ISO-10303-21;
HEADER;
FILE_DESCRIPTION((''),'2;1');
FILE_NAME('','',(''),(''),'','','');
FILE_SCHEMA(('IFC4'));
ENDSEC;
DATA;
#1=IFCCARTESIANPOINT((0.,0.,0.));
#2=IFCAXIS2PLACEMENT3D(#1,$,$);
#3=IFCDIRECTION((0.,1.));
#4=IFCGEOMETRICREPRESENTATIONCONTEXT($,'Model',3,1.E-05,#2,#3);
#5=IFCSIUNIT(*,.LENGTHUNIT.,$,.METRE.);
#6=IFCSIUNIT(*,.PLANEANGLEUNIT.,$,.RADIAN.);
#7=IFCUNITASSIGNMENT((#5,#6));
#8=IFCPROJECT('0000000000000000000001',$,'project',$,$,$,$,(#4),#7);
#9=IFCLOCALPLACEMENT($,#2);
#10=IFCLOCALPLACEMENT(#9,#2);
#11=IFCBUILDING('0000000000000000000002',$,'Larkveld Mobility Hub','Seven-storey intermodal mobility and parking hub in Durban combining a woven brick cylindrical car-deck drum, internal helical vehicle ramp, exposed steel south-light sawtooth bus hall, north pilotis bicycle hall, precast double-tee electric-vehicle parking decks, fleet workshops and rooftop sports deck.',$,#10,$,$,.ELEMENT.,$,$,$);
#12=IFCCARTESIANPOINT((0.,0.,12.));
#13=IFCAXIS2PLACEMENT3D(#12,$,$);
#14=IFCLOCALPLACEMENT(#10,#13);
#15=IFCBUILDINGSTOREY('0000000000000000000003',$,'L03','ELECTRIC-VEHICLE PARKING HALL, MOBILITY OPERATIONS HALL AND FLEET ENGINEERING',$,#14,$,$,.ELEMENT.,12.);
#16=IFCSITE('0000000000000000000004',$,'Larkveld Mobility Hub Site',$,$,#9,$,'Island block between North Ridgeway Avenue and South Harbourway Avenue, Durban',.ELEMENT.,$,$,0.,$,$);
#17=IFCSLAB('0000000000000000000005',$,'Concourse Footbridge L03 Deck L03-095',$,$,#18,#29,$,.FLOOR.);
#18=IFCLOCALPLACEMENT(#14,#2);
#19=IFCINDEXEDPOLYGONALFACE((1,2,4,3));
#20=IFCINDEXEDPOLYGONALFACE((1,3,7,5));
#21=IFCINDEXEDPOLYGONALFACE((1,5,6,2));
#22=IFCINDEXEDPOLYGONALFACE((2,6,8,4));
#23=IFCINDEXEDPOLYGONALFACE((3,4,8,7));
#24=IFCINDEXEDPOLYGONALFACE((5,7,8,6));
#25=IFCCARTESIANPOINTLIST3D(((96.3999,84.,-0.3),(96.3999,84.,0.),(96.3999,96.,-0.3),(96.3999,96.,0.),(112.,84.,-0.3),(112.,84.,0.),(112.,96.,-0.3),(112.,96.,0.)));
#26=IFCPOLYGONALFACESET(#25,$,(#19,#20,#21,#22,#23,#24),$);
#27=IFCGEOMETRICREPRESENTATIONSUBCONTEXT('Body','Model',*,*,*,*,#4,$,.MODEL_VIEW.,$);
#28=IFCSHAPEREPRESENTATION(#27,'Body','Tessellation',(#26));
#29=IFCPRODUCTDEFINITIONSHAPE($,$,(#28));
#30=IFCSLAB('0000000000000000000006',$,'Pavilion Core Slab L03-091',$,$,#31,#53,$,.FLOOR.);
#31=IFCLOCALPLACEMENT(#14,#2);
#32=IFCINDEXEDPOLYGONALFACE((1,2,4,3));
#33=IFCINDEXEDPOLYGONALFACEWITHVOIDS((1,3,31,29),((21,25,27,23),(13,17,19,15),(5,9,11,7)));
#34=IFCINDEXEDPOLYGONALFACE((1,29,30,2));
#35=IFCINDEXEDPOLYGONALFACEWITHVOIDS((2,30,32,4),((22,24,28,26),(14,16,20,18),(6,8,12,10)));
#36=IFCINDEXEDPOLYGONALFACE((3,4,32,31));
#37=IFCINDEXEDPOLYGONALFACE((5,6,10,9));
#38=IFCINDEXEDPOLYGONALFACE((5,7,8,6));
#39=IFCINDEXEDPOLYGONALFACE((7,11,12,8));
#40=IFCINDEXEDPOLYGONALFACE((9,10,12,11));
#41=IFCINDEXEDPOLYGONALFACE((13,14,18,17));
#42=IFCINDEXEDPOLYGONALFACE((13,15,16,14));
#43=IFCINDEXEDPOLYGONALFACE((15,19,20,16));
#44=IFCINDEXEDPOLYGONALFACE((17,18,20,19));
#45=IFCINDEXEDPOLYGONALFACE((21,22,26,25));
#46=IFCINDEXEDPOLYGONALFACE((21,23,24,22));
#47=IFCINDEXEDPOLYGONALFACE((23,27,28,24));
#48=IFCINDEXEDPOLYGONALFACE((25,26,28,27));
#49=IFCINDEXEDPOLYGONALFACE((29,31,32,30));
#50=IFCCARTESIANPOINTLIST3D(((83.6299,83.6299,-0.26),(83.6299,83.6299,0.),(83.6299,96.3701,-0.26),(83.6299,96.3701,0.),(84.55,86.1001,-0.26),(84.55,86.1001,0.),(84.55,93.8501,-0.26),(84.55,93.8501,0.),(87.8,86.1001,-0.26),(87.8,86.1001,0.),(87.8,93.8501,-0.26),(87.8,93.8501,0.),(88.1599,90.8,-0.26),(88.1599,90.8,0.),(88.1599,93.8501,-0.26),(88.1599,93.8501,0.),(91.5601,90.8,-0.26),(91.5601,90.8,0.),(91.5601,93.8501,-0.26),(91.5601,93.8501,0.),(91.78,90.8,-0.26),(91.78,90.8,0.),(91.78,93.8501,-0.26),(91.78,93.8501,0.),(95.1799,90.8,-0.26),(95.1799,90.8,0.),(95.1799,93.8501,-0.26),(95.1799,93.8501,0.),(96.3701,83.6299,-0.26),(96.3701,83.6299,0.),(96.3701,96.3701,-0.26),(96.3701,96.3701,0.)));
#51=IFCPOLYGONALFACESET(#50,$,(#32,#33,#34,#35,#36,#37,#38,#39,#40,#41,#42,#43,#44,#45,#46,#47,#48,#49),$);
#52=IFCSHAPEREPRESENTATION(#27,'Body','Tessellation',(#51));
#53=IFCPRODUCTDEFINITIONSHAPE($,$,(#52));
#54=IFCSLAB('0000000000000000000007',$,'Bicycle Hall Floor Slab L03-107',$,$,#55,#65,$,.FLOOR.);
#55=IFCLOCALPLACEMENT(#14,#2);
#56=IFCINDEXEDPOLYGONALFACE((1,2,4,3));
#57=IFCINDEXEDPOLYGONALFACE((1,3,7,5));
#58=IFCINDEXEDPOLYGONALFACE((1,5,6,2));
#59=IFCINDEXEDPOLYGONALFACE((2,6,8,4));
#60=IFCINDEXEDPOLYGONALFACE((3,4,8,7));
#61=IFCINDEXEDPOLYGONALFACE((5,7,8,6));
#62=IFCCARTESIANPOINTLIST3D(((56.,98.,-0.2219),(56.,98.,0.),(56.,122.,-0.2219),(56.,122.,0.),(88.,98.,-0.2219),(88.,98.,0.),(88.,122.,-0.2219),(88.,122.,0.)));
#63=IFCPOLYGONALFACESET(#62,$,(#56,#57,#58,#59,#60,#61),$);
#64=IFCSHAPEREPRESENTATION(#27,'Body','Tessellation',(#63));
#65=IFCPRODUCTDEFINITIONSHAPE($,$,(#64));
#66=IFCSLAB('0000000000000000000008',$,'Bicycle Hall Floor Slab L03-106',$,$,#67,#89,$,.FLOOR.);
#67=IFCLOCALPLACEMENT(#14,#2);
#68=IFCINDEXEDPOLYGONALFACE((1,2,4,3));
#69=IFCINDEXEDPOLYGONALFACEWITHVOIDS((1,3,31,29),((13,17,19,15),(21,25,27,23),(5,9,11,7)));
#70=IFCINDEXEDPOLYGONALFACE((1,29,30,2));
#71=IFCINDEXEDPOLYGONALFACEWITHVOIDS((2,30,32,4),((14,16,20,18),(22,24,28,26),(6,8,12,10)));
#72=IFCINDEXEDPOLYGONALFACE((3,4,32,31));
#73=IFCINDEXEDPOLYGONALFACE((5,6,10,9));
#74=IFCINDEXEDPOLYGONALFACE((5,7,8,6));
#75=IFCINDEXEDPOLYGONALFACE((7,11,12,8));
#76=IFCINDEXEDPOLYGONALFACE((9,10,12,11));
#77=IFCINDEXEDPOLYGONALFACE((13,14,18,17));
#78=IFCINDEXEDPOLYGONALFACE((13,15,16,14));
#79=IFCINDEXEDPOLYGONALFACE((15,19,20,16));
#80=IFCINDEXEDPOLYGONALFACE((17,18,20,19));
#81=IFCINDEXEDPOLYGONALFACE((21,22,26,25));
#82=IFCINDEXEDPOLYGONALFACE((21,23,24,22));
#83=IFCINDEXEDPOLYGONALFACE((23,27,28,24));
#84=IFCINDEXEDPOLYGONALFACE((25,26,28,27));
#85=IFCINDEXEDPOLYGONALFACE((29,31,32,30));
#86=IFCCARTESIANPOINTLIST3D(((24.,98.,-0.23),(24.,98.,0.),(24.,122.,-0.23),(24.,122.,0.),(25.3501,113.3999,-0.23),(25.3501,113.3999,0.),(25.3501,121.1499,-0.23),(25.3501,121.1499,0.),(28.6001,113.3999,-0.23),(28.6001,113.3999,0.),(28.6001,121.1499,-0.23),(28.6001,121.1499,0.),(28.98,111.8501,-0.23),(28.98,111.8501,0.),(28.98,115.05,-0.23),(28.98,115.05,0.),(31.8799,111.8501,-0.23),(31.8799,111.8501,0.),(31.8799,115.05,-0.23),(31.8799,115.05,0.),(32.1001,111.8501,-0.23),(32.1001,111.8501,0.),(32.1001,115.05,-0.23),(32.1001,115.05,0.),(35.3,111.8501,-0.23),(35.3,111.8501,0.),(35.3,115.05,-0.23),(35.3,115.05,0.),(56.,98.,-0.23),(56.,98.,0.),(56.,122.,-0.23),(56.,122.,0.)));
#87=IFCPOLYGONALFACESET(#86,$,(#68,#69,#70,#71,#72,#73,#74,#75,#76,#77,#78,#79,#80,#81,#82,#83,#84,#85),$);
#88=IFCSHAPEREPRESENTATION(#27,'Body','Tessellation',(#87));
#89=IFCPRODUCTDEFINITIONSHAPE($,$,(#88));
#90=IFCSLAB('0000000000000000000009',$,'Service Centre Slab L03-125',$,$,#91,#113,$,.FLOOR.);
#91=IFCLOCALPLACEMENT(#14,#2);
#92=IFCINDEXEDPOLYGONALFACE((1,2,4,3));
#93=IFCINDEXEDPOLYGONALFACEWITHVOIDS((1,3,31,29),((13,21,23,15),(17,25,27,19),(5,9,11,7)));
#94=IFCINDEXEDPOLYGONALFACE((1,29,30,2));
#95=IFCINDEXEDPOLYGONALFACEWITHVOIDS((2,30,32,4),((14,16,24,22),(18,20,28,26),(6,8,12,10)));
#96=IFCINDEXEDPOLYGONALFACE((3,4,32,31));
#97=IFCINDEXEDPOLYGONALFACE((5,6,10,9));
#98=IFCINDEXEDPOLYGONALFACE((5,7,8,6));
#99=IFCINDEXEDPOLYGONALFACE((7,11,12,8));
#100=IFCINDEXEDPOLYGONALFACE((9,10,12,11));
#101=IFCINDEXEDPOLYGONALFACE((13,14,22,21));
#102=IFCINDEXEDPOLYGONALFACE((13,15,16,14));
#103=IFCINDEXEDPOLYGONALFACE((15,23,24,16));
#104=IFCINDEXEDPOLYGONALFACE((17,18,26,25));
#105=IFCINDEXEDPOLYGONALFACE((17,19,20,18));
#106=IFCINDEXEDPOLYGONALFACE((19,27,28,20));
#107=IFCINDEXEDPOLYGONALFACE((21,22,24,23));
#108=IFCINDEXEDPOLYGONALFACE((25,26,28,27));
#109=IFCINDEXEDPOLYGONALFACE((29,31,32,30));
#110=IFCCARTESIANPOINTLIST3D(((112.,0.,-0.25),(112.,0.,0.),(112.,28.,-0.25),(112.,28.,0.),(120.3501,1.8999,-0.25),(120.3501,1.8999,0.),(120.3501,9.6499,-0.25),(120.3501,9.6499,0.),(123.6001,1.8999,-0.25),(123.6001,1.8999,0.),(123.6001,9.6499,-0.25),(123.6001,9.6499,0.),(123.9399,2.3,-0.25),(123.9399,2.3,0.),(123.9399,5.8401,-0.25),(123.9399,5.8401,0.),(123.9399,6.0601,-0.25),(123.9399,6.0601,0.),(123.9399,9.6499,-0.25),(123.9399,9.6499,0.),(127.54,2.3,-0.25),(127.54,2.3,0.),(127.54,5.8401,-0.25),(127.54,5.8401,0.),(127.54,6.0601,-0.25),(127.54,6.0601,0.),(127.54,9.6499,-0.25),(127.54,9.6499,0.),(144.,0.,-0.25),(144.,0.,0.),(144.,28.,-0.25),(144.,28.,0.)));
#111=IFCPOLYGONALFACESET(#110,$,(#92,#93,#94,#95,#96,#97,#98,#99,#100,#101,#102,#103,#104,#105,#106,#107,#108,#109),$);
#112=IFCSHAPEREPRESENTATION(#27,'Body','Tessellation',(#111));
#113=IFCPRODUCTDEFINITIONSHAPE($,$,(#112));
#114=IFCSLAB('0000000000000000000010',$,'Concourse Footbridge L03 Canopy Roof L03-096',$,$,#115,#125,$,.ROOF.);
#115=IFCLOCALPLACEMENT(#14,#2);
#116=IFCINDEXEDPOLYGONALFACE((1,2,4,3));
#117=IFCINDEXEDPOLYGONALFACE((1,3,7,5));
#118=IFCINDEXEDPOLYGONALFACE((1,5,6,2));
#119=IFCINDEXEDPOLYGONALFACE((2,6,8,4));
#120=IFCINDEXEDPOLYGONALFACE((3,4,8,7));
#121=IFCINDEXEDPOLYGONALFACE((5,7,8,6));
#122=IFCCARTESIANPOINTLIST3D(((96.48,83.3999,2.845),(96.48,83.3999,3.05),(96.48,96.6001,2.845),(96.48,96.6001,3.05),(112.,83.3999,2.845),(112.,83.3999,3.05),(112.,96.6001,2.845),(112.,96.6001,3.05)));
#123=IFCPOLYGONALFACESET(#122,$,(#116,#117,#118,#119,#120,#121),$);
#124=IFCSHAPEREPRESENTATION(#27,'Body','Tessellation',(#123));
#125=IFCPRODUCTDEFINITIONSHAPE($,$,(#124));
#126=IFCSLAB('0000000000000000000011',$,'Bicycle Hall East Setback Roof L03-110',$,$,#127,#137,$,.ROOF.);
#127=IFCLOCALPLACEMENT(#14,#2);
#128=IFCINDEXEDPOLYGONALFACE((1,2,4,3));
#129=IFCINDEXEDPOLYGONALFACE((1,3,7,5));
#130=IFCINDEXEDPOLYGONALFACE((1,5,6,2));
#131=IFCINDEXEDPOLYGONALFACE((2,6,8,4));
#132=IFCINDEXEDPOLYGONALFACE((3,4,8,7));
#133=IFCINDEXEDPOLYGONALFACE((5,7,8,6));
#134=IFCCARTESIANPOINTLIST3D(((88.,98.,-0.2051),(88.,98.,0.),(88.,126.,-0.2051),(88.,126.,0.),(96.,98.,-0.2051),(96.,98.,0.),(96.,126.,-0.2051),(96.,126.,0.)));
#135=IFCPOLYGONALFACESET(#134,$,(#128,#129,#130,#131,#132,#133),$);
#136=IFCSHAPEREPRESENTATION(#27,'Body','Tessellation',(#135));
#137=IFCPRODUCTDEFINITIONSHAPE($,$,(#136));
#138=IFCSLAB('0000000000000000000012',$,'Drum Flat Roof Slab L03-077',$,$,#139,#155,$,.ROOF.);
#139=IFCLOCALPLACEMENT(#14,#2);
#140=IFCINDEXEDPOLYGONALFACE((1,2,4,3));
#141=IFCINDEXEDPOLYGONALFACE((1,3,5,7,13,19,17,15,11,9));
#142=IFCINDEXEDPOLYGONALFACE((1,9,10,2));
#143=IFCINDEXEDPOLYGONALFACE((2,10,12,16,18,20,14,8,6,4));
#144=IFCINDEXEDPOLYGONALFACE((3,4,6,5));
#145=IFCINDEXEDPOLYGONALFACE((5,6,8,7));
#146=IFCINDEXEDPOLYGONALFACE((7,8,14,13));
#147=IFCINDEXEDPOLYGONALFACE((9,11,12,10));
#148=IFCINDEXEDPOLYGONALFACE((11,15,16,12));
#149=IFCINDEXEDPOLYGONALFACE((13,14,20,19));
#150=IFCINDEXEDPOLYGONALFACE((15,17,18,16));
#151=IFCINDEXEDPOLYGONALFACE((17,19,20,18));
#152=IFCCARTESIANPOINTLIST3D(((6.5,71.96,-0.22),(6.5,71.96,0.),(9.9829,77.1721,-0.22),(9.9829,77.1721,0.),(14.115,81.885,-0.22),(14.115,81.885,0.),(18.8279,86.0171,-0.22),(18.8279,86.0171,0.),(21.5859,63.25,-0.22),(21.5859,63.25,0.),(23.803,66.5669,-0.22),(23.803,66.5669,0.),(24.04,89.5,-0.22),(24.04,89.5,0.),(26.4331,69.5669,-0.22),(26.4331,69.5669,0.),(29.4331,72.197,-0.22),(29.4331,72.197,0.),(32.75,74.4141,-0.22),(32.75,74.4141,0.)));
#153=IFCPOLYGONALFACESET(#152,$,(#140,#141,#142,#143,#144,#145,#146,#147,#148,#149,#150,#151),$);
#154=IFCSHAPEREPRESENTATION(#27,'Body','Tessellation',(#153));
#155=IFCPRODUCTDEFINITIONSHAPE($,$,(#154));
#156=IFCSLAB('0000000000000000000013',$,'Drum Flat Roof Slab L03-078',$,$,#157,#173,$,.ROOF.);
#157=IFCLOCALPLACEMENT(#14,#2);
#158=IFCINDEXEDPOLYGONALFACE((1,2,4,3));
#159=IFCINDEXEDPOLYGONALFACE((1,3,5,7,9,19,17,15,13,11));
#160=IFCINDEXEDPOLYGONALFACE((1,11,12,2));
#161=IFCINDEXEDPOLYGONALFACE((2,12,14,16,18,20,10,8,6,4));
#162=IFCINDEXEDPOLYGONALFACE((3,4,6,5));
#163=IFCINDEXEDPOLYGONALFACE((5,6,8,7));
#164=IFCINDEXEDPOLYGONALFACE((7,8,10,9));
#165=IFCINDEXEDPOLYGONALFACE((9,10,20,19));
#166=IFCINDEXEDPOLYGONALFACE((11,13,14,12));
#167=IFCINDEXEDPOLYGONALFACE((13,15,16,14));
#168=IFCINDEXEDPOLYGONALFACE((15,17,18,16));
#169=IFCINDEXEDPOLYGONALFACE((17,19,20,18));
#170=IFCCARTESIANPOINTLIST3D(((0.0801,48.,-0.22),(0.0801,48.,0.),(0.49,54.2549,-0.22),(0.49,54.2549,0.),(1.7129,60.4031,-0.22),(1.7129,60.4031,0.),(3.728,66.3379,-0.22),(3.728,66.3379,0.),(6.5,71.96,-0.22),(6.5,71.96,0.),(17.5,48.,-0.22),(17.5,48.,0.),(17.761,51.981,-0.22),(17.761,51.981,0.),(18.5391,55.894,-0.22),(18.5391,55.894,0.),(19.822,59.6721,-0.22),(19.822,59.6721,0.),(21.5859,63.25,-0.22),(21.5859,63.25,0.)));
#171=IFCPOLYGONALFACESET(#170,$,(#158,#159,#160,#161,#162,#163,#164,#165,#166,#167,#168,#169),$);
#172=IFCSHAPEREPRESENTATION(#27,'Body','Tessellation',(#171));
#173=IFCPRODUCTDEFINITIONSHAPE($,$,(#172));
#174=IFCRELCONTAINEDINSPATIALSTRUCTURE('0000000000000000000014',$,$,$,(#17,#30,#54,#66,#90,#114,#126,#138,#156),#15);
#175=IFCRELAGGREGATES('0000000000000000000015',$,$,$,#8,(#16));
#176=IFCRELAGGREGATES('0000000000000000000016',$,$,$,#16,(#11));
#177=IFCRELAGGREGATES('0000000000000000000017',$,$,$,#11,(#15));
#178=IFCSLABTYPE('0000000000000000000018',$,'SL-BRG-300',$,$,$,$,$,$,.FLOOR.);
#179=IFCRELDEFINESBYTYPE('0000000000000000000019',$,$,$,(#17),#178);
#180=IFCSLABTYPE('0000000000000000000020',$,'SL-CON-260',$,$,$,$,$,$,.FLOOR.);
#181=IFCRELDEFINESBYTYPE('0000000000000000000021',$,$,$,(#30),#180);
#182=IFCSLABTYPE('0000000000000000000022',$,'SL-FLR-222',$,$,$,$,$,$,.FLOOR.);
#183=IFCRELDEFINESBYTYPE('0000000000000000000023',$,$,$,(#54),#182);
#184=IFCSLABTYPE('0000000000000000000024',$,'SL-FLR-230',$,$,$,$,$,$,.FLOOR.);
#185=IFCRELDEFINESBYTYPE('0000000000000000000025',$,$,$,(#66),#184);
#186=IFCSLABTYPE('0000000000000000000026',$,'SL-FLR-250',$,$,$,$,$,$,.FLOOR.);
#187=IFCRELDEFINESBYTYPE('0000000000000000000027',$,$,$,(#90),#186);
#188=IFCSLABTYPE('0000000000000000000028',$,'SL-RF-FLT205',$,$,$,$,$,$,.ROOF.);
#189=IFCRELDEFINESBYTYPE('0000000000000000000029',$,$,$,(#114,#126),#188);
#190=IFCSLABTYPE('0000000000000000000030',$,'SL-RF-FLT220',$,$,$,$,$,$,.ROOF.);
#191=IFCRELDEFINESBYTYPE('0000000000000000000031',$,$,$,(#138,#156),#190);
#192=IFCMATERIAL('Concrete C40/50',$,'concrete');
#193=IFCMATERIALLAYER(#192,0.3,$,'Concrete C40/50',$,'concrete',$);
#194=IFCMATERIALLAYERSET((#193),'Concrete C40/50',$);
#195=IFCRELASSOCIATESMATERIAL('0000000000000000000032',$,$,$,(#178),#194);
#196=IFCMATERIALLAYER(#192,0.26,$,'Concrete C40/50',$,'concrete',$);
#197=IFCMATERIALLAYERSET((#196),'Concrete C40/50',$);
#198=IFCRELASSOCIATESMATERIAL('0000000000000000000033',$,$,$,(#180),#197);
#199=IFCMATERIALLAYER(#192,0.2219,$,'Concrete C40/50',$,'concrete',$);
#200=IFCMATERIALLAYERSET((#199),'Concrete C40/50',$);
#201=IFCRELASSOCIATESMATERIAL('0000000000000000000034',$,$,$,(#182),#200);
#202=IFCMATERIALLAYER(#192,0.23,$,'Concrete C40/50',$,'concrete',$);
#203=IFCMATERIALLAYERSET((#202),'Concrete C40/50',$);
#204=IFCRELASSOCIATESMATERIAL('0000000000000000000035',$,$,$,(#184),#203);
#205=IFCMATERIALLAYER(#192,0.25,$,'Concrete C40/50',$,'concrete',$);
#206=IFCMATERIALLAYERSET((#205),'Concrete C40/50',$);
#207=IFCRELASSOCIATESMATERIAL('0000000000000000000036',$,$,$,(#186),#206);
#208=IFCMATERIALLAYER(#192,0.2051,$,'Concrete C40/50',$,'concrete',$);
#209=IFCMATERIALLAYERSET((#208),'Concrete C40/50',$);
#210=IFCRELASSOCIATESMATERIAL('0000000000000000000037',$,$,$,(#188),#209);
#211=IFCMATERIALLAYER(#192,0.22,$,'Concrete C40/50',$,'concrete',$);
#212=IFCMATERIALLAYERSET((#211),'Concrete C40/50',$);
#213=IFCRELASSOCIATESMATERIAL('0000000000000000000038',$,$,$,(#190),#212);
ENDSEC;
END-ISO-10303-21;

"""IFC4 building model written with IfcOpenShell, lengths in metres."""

from ifc_helpers import new_model, si_unit, direction, frame, origin, place, context, subcontext, project, spatial, polyline, outline, extrude, material, layer, layer_set, type_object, element, save


model = new_model("IFC4")

# Units and contexts
model_context = context("Model", 3, precision=1e-05, world=origin(), true_north=direction((0.0, 1.0)))
body_context = subcontext(model_context, "Body", "Model", "MODEL_VIEW")
ifc_project = project(units=[si_unit("LENGTHUNIT", "METRE"), si_unit("PLANEANGLEUNIT", "RADIAN")], contexts=[model_context])

# Site, building, storey
site_placement = place(None, origin())
site = spatial("IfcSite", under=ifc_project, at=site_placement, Name="Larkveld Mobility Hub Site", LongName="Island block between North Ridgeway Avenue and South Harbourway Avenue, Durban", CompositionType="ELEMENT", RefElevation=0.0)
building_placement = place(site_placement, origin())
building = spatial("IfcBuilding", under=site, at=building_placement, Name="Larkveld Mobility Hub", Description="Seven-storey intermodal mobility and parking hub in Durban combining a woven brick cylindrical car-deck drum, internal helical vehicle ramp, exposed steel south-light sawtooth bus hall, north pilotis bicycle hall, precast double-tee electric-vehicle parking decks, fleet workshops and rooftop sports deck.", CompositionType="ELEMENT")
storey_placement = place(building_placement, frame((0.0, 0.0, 12.0)))
storey = spatial("IfcBuildingStorey", under=building, at=storey_placement, Name="L03", Description="ELECTRIC-VEHICLE PARKING HALL, MOBILITY OPERATIONS HALL AND FLEET ENGINEERING", CompositionType="ELEMENT", Elevation=12.0)

# Slabs
ifc_material_1 = material(Name="Concrete C40/50", Category="concrete")
ifc_layer_1 = layer(ifc_material_1, 0.3, Name="Concrete C40/50", Category="concrete")
ifc_layer_set_1 = layer_set([ifc_layer_1], Name="Concrete C40/50")
slab_type_1 = type_object("IfcSlabType", Name="SL-BRG-300", PredefinedType="FLOOR", material=ifc_layer_set_1)
slab_1_placement = place(storey_placement, frame((0.0, 0.0, -0.3)))
element("IfcSlab", 1, at=slab_1_placement, inside=storey, type_object=slab_type_1, Name="Concourse Footbridge L03 Deck L03-095", PredefinedType="FLOOR", context=body_context, shape_type="SweptSolid", body=[
    extrude(outline(polyline([(96.3999, 84.0), (112.0, 84.0), (112.0, 96.0), (96.3999, 96.0), (96.3999, 84.0)])), origin(), (0.0, 0.0, 1.0), 0.3),
])
ifc_layer_2 = layer(ifc_material_1, 0.26, Name="Concrete C40/50", Category="concrete")
ifc_layer_set_2 = layer_set([ifc_layer_2], Name="Concrete C40/50")
slab_type_2 = type_object("IfcSlabType", Name="SL-CON-260", PredefinedType="FLOOR", material=ifc_layer_set_2)
slab_2_placement = place(storey_placement, frame((0.0, 0.0, -0.26)))
element("IfcSlab", 2, at=slab_2_placement, inside=storey, type_object=slab_type_2, Name="Pavilion Core Slab L03-091", PredefinedType="FLOOR", context=body_context, shape_type="SweptSolid", body=[
    extrude(outline(polyline([(83.6299, 83.6299), (96.3701, 83.6299), (96.3701, 96.3701), (83.6299, 96.3701), (83.6299, 83.6299)]), holes=[polyline([(84.55, 86.1001), (84.55, 93.8501), (87.8, 93.8501), (87.8, 86.1001), (84.55, 86.1001)]), polyline([(88.1599, 90.8), (88.1599, 93.8501), (91.5601, 93.8501), (91.5601, 90.8), (88.1599, 90.8)]), polyline([(91.78, 90.8), (91.78, 93.8501), (95.1799, 93.8501), (95.1799, 90.8), (91.78, 90.8)])]), origin(), (0.0, 0.0, 1.0), 0.26),
])
ifc_layer_3 = layer(ifc_material_1, 0.2219, Name="Concrete C40/50", Category="concrete")
ifc_layer_set_3 = layer_set([ifc_layer_3], Name="Concrete C40/50")
slab_type_3 = type_object("IfcSlabType", Name="SL-FLR-222", PredefinedType="FLOOR", material=ifc_layer_set_3)
slab_3_placement = place(storey_placement, frame((0.0, 0.0, -0.2219)))
element("IfcSlab", 3, at=slab_3_placement, inside=storey, type_object=slab_type_3, Name="Bicycle Hall Floor Slab L03-107", PredefinedType="FLOOR", context=body_context, shape_type="SweptSolid", body=[
    extrude(outline(polyline([(56.0, 98.0), (88.0, 98.0), (88.0, 122.0), (56.0, 122.0), (56.0, 98.0)])), origin(), (0.0, 0.0, 1.0), 0.2219),
])
ifc_layer_4 = layer(ifc_material_1, 0.23, Name="Concrete C40/50", Category="concrete")
ifc_layer_set_4 = layer_set([ifc_layer_4], Name="Concrete C40/50")
slab_type_4 = type_object("IfcSlabType", Name="SL-FLR-230", PredefinedType="FLOOR", material=ifc_layer_set_4)
slab_4_placement = place(storey_placement, frame((0.0, 0.0, -0.23)))
element("IfcSlab", 4, at=slab_4_placement, inside=storey, type_object=slab_type_4, Name="Bicycle Hall Floor Slab L03-106", PredefinedType="FLOOR", context=body_context, shape_type="SweptSolid", body=[
    extrude(outline(polyline([(24.0, 98.0), (56.0, 98.0), (56.0, 122.0), (24.0, 122.0), (24.0, 98.0)]), holes=[polyline([(25.3501, 113.3999), (25.3501, 121.1499), (28.6001, 121.1499), (28.6001, 113.3999), (25.3501, 113.3999)]), polyline([(28.98, 111.8501), (28.98, 115.05), (31.8799, 115.05), (31.8799, 111.8501), (28.98, 111.8501)]), polyline([(32.1001, 111.8501), (32.1001, 115.05), (35.3, 115.05), (35.3, 111.8501), (32.1001, 111.8501)])]), origin(), (0.0, 0.0, 1.0), 0.23),
])
ifc_layer_5 = layer(ifc_material_1, 0.25, Name="Concrete C40/50", Category="concrete")
ifc_layer_set_5 = layer_set([ifc_layer_5], Name="Concrete C40/50")
slab_type_5 = type_object("IfcSlabType", Name="SL-FLR-250", PredefinedType="FLOOR", material=ifc_layer_set_5)
slab_5_placement = place(storey_placement, frame((0.0, 0.0, -0.25)))
element("IfcSlab", 5, at=slab_5_placement, inside=storey, type_object=slab_type_5, Name="Service Centre Slab L03-125", PredefinedType="FLOOR", context=body_context, shape_type="SweptSolid", body=[
    extrude(outline(polyline([(112.0, 0.0), (144.0, 0.0), (144.0, 28.0), (112.0, 28.0), (112.0, 0.0)]), holes=[polyline([(120.3501, 1.8999), (120.3501, 9.6499), (123.6001, 9.6499), (123.6001, 1.8999), (120.3501, 1.8999)]), polyline([(123.9399, 6.0601), (123.9399, 9.6499), (127.54, 9.6499), (127.54, 6.0601), (123.9399, 6.0601)]), polyline([(123.9399, 2.3), (123.9399, 5.8401), (127.54, 5.8401), (127.54, 2.3), (123.9399, 2.3)])]), origin(), (0.0, 0.0, 1.0), 0.25),
])
ifc_layer_6 = layer(ifc_material_1, 0.2051, Name="Concrete C40/50", Category="concrete")
ifc_layer_set_6 = layer_set([ifc_layer_6], Name="Concrete C40/50")
slab_type_6 = type_object("IfcSlabType", Name="SL-RF-FLT205", PredefinedType="ROOF", material=ifc_layer_set_6)
slab_6_placement = place(storey_placement, frame((0.0, 0.0, 2.845)))
element("IfcSlab", 6, at=slab_6_placement, inside=storey, type_object=slab_type_6, Name="Concourse Footbridge L03 Canopy Roof L03-096", PredefinedType="ROOF", context=body_context, shape_type="SweptSolid", body=[
    extrude(outline(polyline([(96.48, 83.3999), (112.0, 83.3999), (112.0, 96.6001), (96.48, 96.6001), (96.48, 83.3999)])), origin(), (0.0, 0.0, 1.0), 0.2051),
])
slab_7_placement = place(storey_placement, frame((0.0, 0.0, -0.2051)))
element("IfcSlab", 7, at=slab_7_placement, inside=storey, type_object=slab_type_6, Name="Bicycle Hall East Setback Roof L03-110", PredefinedType="ROOF", context=body_context, shape_type="SweptSolid", body=[
    extrude(outline(polyline([(88.0, 98.0), (96.0, 98.0), (96.0, 126.0), (88.0, 126.0), (88.0, 98.0)])), origin(), (0.0, 0.0, 1.0), 0.2051),
])
ifc_layer_7 = layer(ifc_material_1, 0.22, Name="Concrete C40/50", Category="concrete")
ifc_layer_set_7 = layer_set([ifc_layer_7], Name="Concrete C40/50")
slab_type_7 = type_object("IfcSlabType", Name="SL-RF-FLT220", PredefinedType="ROOF", material=ifc_layer_set_7)
slab_8_placement = place(storey_placement, frame((0.0, 0.0, -0.22)))
element("IfcSlab", 8, at=slab_8_placement, inside=storey, type_object=slab_type_7, Name="Drum Flat Roof Slab L03-077", PredefinedType="ROOF", context=body_context, shape_type="SweptSolid", body=[
    extrude(outline(polyline([(24.04, 89.5), (18.8279, 86.0171), (14.115, 81.885), (9.9829, 77.1721), (6.5, 71.96), (21.5859, 63.25), (23.803, 66.5669), (26.4331, 69.5669), (29.4331, 72.197), (32.75, 74.4141), (24.04, 89.5)])), origin(), (0.0, 0.0, 1.0), 0.22),
])
slab_9_placement = place(storey_placement, frame((0.0, 0.0, -0.22)))
element("IfcSlab", 9, at=slab_9_placement, inside=storey, type_object=slab_type_7, Name="Drum Flat Roof Slab L03-078", PredefinedType="ROOF", context=body_context, shape_type="SweptSolid", body=[
    extrude(outline(polyline([(6.5, 71.96), (3.728, 66.3379), (1.7129, 60.4031), (0.49, 54.2549), (0.0801, 48.0), (17.5, 48.0), (17.761, 51.981), (18.5391, 55.894), (19.822, 59.6721), (21.5859, 63.25), (6.5, 71.96)])), origin(), (0.0, 0.0, 1.0), 0.22),
])

save(model, "model.ifc")
